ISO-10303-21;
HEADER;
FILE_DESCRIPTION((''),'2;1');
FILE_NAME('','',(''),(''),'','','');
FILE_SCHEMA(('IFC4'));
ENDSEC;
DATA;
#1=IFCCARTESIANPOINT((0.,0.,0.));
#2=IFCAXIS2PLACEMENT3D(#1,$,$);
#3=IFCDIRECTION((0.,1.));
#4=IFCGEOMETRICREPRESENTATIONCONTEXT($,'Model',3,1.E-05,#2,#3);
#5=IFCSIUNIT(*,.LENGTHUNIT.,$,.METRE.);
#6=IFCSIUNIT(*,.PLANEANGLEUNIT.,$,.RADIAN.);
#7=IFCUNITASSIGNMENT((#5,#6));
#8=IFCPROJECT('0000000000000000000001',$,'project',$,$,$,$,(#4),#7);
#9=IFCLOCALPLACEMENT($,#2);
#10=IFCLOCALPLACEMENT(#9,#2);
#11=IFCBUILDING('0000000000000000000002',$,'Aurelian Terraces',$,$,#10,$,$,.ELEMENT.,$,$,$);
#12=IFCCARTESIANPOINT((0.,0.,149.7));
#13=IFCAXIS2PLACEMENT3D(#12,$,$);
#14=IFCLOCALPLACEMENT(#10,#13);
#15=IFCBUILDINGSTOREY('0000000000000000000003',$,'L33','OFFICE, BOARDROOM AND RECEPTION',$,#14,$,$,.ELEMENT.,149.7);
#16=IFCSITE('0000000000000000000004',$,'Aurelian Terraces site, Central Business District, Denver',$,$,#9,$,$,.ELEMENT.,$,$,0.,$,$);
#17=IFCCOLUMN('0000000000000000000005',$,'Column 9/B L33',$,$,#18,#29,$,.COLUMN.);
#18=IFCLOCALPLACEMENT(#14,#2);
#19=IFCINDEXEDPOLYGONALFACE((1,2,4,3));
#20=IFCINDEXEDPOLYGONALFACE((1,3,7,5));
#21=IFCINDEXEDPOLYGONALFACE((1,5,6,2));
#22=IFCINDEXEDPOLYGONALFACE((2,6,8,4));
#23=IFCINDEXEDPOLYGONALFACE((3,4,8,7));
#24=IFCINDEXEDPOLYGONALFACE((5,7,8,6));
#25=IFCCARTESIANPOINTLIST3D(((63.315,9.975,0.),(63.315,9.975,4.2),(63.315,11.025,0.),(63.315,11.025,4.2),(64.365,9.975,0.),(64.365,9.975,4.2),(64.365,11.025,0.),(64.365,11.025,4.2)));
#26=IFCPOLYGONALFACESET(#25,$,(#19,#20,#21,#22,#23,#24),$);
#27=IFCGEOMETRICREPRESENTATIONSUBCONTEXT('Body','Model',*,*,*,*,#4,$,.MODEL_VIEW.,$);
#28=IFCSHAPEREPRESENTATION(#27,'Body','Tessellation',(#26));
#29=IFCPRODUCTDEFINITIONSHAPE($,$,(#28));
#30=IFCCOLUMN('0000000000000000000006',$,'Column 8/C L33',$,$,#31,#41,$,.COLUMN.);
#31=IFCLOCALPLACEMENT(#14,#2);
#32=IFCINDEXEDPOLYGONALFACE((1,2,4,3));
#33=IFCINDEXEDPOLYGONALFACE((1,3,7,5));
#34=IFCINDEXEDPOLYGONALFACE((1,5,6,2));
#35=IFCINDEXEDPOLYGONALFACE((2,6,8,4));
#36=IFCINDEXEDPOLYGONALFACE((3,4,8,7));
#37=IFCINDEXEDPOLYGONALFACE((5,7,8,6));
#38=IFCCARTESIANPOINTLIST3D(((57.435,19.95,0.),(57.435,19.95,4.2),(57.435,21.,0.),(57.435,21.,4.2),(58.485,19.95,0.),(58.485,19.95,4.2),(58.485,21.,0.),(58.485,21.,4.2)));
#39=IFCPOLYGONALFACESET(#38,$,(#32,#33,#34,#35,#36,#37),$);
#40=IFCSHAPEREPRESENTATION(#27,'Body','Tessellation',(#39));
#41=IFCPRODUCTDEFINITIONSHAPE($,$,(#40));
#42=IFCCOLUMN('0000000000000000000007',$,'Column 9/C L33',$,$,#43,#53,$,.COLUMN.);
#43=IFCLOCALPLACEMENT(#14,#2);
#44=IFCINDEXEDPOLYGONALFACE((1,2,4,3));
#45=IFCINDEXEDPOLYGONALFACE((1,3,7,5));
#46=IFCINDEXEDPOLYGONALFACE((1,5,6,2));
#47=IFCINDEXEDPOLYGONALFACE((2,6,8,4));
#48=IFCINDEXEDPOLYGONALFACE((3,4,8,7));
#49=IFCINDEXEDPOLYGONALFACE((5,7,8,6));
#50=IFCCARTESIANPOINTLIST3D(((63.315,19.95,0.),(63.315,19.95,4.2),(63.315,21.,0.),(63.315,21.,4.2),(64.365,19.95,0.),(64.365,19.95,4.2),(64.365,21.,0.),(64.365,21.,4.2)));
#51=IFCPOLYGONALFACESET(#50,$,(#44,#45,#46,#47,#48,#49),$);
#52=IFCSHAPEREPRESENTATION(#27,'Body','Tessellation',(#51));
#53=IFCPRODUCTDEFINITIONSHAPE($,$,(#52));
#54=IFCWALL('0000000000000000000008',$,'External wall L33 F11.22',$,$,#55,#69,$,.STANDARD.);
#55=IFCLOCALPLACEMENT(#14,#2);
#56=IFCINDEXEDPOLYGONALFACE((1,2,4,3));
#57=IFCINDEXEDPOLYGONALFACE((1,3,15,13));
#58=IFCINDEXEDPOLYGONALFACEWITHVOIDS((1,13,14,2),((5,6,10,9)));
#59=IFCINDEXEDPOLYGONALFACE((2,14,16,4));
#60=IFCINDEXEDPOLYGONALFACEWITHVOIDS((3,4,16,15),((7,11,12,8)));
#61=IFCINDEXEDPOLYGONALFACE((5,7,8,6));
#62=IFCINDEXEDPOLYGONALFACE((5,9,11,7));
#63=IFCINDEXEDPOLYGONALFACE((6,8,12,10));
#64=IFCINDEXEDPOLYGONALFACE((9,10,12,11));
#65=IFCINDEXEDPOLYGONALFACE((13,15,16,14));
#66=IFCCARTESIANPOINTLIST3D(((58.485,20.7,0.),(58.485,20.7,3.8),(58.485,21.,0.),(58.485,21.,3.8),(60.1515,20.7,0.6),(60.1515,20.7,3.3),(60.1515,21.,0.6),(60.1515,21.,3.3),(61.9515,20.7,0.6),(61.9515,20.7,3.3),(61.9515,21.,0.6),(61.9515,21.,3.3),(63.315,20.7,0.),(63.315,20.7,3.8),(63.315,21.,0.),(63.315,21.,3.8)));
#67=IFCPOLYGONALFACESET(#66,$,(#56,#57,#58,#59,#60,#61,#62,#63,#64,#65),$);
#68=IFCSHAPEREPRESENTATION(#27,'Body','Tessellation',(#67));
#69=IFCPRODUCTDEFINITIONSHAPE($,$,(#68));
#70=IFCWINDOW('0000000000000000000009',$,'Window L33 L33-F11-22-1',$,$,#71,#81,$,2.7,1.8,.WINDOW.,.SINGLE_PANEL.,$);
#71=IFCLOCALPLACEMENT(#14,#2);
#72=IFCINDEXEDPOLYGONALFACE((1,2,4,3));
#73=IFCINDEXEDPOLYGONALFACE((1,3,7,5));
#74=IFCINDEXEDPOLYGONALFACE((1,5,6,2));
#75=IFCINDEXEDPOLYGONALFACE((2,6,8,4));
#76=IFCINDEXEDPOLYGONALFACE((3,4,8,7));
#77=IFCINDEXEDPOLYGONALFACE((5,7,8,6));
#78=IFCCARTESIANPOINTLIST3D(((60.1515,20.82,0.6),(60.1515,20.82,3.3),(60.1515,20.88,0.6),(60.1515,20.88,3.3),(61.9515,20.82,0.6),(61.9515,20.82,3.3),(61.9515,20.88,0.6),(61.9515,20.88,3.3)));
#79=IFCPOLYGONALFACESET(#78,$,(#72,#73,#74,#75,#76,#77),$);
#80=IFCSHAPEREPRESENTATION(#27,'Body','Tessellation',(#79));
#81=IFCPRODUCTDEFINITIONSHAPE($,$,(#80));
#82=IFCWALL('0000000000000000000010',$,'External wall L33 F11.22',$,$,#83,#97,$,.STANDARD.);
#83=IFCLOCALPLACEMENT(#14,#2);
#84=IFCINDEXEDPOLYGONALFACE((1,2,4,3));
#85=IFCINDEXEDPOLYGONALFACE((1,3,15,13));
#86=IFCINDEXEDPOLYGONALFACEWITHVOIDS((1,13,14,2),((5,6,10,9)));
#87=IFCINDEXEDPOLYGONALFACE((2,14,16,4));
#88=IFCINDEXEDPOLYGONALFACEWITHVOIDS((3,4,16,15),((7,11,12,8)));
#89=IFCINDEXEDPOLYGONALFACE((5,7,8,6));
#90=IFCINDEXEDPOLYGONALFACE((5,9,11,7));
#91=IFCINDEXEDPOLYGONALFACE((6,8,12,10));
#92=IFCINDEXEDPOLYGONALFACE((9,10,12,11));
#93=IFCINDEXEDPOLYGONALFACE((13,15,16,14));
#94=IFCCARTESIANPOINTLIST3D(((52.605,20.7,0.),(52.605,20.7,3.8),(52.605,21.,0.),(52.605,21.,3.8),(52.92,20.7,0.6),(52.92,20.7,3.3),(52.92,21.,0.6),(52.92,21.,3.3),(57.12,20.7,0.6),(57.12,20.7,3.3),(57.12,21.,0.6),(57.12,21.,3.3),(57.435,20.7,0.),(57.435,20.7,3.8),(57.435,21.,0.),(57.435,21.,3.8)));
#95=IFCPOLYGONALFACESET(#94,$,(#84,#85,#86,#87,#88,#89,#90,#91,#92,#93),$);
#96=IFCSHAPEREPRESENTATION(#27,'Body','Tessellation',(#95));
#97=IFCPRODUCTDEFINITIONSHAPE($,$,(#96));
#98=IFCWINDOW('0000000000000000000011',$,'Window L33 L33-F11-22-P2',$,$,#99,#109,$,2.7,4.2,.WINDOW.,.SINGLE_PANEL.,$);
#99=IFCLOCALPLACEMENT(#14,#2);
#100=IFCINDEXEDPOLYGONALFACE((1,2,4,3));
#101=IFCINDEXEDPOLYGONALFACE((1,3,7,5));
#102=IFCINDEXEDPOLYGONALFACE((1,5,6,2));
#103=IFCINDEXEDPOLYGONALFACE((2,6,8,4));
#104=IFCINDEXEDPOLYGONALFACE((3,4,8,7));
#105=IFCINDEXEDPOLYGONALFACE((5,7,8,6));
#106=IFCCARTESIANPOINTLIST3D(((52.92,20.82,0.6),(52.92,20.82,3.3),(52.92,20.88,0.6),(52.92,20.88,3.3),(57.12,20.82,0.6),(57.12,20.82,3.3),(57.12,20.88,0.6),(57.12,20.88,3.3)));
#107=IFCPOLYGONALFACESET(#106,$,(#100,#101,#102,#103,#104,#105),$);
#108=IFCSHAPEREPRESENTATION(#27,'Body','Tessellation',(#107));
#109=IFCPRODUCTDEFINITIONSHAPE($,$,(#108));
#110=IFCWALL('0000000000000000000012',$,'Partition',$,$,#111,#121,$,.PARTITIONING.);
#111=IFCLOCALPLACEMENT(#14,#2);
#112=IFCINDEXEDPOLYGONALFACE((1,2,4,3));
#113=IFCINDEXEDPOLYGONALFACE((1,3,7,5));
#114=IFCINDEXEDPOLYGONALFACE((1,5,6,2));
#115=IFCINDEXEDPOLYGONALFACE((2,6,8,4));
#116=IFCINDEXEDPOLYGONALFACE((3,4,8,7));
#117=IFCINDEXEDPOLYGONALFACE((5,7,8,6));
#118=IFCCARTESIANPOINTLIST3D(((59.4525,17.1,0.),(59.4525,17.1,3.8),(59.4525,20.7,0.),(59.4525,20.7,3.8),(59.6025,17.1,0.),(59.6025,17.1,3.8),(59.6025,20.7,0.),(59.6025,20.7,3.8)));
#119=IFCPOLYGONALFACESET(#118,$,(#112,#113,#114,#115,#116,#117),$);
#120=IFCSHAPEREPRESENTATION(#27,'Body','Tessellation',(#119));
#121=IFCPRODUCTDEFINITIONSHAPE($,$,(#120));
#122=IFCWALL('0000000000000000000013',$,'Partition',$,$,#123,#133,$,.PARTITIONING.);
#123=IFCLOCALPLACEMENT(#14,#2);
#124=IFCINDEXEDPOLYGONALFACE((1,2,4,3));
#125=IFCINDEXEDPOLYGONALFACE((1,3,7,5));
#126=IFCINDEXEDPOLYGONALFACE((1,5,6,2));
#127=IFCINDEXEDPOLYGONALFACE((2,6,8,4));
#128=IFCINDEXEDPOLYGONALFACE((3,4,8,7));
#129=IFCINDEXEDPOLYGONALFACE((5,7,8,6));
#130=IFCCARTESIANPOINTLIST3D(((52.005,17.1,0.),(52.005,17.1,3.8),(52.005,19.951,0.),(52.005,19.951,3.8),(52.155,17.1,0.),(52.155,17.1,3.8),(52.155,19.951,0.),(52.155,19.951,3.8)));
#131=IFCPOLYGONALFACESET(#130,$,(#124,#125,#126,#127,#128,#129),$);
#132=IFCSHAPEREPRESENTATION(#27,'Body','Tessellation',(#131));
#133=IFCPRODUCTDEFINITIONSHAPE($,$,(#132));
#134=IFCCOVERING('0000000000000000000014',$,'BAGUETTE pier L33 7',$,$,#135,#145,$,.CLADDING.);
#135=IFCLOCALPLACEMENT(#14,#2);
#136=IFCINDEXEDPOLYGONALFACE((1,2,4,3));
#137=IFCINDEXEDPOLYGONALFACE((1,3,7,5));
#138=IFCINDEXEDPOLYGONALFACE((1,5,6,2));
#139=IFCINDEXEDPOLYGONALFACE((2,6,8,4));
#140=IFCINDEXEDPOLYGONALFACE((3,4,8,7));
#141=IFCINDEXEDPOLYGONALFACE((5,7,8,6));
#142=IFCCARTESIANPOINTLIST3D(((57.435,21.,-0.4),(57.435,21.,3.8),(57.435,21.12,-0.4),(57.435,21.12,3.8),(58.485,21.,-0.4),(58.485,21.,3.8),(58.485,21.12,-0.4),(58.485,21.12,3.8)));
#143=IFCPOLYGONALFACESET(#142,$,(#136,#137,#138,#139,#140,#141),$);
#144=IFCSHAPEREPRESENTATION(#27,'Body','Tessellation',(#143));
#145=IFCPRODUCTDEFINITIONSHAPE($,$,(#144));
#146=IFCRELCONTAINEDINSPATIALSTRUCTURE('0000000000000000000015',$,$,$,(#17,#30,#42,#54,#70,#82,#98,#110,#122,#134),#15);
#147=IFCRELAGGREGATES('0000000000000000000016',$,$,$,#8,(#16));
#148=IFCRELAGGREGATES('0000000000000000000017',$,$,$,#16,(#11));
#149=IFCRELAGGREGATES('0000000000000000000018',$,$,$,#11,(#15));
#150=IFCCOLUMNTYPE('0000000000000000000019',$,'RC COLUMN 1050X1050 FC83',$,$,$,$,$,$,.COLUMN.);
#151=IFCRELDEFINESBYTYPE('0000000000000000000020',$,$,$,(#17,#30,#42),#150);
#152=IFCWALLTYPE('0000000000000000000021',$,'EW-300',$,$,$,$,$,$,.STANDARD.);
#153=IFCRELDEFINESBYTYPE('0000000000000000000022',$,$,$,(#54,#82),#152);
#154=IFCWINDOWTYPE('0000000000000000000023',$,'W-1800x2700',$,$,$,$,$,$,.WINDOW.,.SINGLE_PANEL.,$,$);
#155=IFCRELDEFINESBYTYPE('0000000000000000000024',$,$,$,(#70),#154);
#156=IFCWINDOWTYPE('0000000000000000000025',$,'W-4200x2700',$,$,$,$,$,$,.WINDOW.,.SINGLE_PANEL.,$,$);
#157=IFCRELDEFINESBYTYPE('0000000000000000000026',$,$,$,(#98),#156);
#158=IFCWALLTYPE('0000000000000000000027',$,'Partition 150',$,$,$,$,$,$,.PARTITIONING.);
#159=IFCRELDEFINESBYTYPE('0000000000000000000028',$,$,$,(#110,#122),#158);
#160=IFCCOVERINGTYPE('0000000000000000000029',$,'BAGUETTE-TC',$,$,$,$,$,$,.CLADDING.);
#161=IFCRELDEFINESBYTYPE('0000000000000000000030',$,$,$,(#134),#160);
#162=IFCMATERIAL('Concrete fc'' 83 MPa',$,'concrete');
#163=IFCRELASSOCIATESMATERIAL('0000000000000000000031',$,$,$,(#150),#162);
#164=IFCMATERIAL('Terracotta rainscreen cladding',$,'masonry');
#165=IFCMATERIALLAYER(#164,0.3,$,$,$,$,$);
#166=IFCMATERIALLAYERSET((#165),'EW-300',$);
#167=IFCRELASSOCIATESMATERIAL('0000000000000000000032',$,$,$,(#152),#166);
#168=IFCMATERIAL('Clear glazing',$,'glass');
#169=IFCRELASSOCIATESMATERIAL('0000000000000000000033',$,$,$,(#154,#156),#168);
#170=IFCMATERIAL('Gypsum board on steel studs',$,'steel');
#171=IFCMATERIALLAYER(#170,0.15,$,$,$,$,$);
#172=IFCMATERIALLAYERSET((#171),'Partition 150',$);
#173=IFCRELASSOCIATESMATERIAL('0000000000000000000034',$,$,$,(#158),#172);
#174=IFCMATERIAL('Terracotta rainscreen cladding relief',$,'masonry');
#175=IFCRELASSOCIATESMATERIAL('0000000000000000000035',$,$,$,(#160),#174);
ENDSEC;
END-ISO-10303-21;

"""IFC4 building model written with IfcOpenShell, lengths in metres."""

from ifc_helpers import new_model, si_unit, direction, frame, frame_2d, origin, origin_2d, place, context, subcontext, project, spatial, rectangle, extrude, source, transform, mapped, material, layer, layer_set, material_profile, profile_set, type_object, element, fill, save


model = new_model("IFC4")

# Units and contexts
model_context = context("Model", 3, precision=1e-05, world=origin(), true_north=direction((0.0, 1.0)))
body_context = subcontext(model_context, "Body", "Model", "MODEL_VIEW")
ifc_project = project(units=[si_unit("LENGTHUNIT", "METRE"), si_unit("PLANEANGLEUNIT", "RADIAN")], contexts=[model_context])

# Site, building, storey
site_placement = place(None, origin())
site = spatial("IfcSite", under=ifc_project, at=site_placement, Name="Aurelian Terraces site, Central Business District, Denver", CompositionType="ELEMENT", RefElevation=0.0)
building_placement = place(site_placement, origin())
building = spatial("IfcBuilding", under=site, at=building_placement, Name="Aurelian Terraces", CompositionType="ELEMENT")
storey_placement = place(building_placement, frame((0.0, 0.0, 149.7)))
storey = spatial("IfcBuildingStorey", under=building, at=storey_placement, Name="L33", Description="OFFICE, BOARDROOM AND RECEPTION", CompositionType="ELEMENT", Elevation=149.7)

# Columns
ifc_material_1 = material(Name="Concrete fc' 83 MPa", Category="concrete")
ifc_material_profile = material_profile(ifc_material_1, rectangle(XDim=1.05, YDim=1.05, at=origin_2d()))
ifc_profile_set = profile_set([ifc_material_profile], Name="Concrete fc' 83 MPa")
column_type = type_object("IfcColumnType", Name="RC COLUMN 1050X1050 FC83", PredefinedType="COLUMN", material=ifc_profile_set)
shared_shape_1 = source(origin(), body_context, "Body", "SweptSolid", [
    extrude(rectangle(XDim=1.05, YDim=1.05, at=origin_2d()), origin(), (0.0, 0.0, 1.0), 4.2),
])
for number, where, z_axis, x_axis, name in (
    (1, (63.84, 10.5, 0.0), (0.0, 0.0, 1.0), (1.0, 0.0, 0.0), "Column 9/B L33"),
    (2, (57.96, 20.475, 0.0), (0.0, 0.0, 1.0), (1.0, 0.0, 0.0), "Column 8/C L33"),
    (3, (63.84, 20.475, 0.0), (0.0, 0.0, 1.0), (1.0, 0.0, 0.0), "Column 9/C L33"),
):
    element("IfcColumn", number, at=place(storey_placement, frame(where, z_axis=z_axis, x_axis=x_axis)), inside=storey, type_object=column_type, Name=name, PredefinedType="COLUMN", context=body_context, shape_type="MappedRepresentation", body=[
        mapped(shared_shape_1, transform((0.0, 0.0, 0.0), scale=1.0)),
    ])

# Walls, openings, windows
ifc_material_2 = material(Name="Terracotta rainscreen cladding", Category="masonry")
ifc_layer_1 = layer(ifc_material_2, 0.3)
ifc_layer_set_1 = layer_set([ifc_layer_1], Name="EW-300")
wall_type_1 = type_object("IfcWallType", Name="EW-300", PredefinedType="STANDARD", material=ifc_layer_set_1)
shared_shape_2 = source(origin(), body_context, "Body", "SweptSolid", [
    extrude(rectangle(XDim=4.83, YDim=0.3, at=frame_2d((2.415, 0.0))), origin(), (0.0, 0.0, 1.0), 3.8),
])
wall_1_placement = place(storey_placement, frame((63.315, 20.85, 0.0), z_axis=(0.0, 0.0, 1.0), x_axis=(-1.0, 0.0, 0.0)))
wall_1 = element("IfcWall", 4, at=wall_1_placement, inside=storey, type_object=wall_type_1, Name="External wall L33 F11.22", PredefinedType="STANDARD", context=body_context, shape_type="MappedRepresentation", body=[
    mapped(shared_shape_2, transform((0.0, 0.0, 0.0), scale=1.0)),
])
shared_shape_3 = source(origin(), body_context, "Body", "SweptSolid", [
    extrude(rectangle(XDim=1.8, YDim=2.7, at=frame_2d((0.9, 1.35))), frame((0.0, 0.16, 0.0), z_axis=(0.0, -1.0, 0.0), x_axis=(1.0, 0.0, 0.0)), (0.0, 0.0, 1.0), 0.32),
])
opening_1_placement = place(wall_1_placement, frame((1.3635, 0.0, 0.6)))
opening_1 = element("IfcOpeningElement", 5, at=opening_1_placement, cuts=wall_1, PredefinedType="OPENING", context=body_context, shape_type="MappedRepresentation", body=[
    mapped(shared_shape_3, transform((0.0, 0.0, 0.0), scale=1.0)),
])
ifc_material_3 = material(Name="Clear glazing", Category="glass")
window_type_1 = type_object("IfcWindowType", Name="W-1800x2700", PartitioningType="SINGLE_PANEL", PredefinedType="WINDOW", material=ifc_material_3)
shared_shape_4 = source(origin(), body_context, "Body", "SweptSolid", [
    extrude(rectangle(XDim=1.8, YDim=2.7, at=frame_2d((0.9, 1.35))), frame((0.0, 0.03, 0.0), z_axis=(0.0, -1.0, 0.0), x_axis=(1.0, 0.0, 0.0)), (0.0, 0.0, 1.0), 0.06),
])
window_1_placement = place(opening_1_placement, origin())
window_1 = element("IfcWindow", 6, at=window_1_placement, inside=storey, type_object=window_type_1, Name="Window L33 L33-F11-22-1", OverallHeight=2.7, OverallWidth=1.8, PartitioningType="SINGLE_PANEL", PredefinedType="WINDOW", context=body_context, shape_type="MappedRepresentation", body=[
    mapped(shared_shape_4, transform((0.0, 0.0, 0.0), scale=1.0)),
])
fill(opening_1, window_1)
wall_2_placement = place(storey_placement, frame((57.435, 20.85, 0.0), z_axis=(0.0, 0.0, 1.0), x_axis=(-1.0, 0.0, 0.0)))
wall_2 = element("IfcWall", 7, at=wall_2_placement, inside=storey, type_object=wall_type_1, Name="External wall L33 F11.22", PredefinedType="STANDARD", context=body_context, shape_type="MappedRepresentation", body=[
    mapped(shared_shape_2, transform((0.0, 0.0, 0.0), scale=1.0)),
])
shared_shape_5 = source(origin(), body_context, "Body", "SweptSolid", [
    extrude(rectangle(XDim=4.2, YDim=2.7, at=frame_2d((2.1, 1.35))), frame((0.0, 0.16, 0.0), z_axis=(0.0, -1.0, 0.0), x_axis=(1.0, 0.0, 0.0)), (0.0, 0.0, 1.0), 0.32),
])
opening_2_placement = place(wall_2_placement, frame((0.315, 0.0, 0.6)))
opening_2 = element("IfcOpeningElement", 8, at=opening_2_placement, cuts=wall_2, PredefinedType="OPENING", context=body_context, shape_type="MappedRepresentation", body=[
    mapped(shared_shape_5, transform((0.0, 0.0, 0.0), scale=1.0)),
])
window_type_2 = type_object("IfcWindowType", Name="W-4200x2700", PartitioningType="SINGLE_PANEL", PredefinedType="WINDOW", material=ifc_material_3)
shared_shape_6 = source(origin(), body_context, "Body", "SweptSolid", [
    extrude(rectangle(XDim=4.2, YDim=2.7, at=frame_2d((2.1, 1.35))), frame((0.0, 0.03, 0.0), z_axis=(0.0, -1.0, 0.0), x_axis=(1.0, 0.0, 0.0)), (0.0, 0.0, 1.0), 0.06),
])
window_2_placement = place(opening_2_placement, origin())
window_2 = element("IfcWindow", 9, at=window_2_placement, inside=storey, type_object=window_type_2, Name="Window L33 L33-F11-22-P2", OverallHeight=2.7, OverallWidth=4.2, PartitioningType="SINGLE_PANEL", PredefinedType="WINDOW", context=body_context, shape_type="MappedRepresentation", body=[
    mapped(shared_shape_6, transform((0.0, 0.0, 0.0), scale=1.0)),
])
fill(opening_2, window_2)

# Walls
ifc_material_4 = material(Name="Gypsum board on steel studs", Category="steel")
ifc_layer_2 = layer(ifc_material_4, 0.15)
ifc_layer_set_2 = layer_set([ifc_layer_2], Name="Partition 150")
wall_type_2 = type_object("IfcWallType", Name="Partition 150", PredefinedType="PARTITIONING", material=ifc_layer_set_2)
shared_shape_7 = source(origin(), body_context, "Body", "SweptSolid", [
    extrude(rectangle(XDim=3.6, YDim=0.15, at=frame_2d((1.8, 0.0))), origin(), (0.0, 0.0, 1.0), 3.8),
])
wall_3_placement = place(storey_placement, frame((59.5275, 20.7, 0.0), z_axis=(0.0, 0.0, 1.0), x_axis=(0.0, -1.0, 0.0)))
element("IfcWall", 10, at=wall_3_placement, inside=storey, type_object=wall_type_2, Name="Partition", PredefinedType="PARTITIONING", context=body_context, shape_type="MappedRepresentation", body=[
    mapped(shared_shape_7, transform((0.0, 0.0, 0.0), scale=1.0)),
])
shared_shape_8 = source(origin(), body_context, "Body", "SweptSolid", [
    extrude(rectangle(XDim=2.851, YDim=0.15, at=frame_2d((1.4255, 0.0))), origin(), (0.0, 0.0, 1.0), 3.8),
])
wall_4_placement = place(storey_placement, frame((52.08, 17.1, 0.0), z_axis=(0.0, 0.0, 1.0), x_axis=(0.0, 1.0, 0.0)))
element("IfcWall", 11, at=wall_4_placement, inside=storey, type_object=wall_type_2, Name="Partition", PredefinedType="PARTITIONING", context=body_context, shape_type="MappedRepresentation", body=[
    mapped(shared_shape_8, transform((0.0, 0.0, 0.0), scale=1.0)),
])

# Covering
ifc_material_5 = material(Name="Terracotta rainscreen cladding relief", Category="masonry")
covering_type = type_object("IfcCoveringType", Name="BAGUETTE-TC", PredefinedType="CLADDING", material=ifc_material_5)
shared_shape_9 = source(origin(), body_context, "Body", "SweptSolid", [
    extrude(rectangle(XDim=1.05, YDim=0.12, at=origin_2d()), origin(), (0.0, 0.0, 1.0), 4.2),
])
covering_placement = place(storey_placement, frame((57.96, 21.06, -0.4), z_axis=(0.0, 0.0, 1.0), x_axis=(1.0, 0.0, 0.0)))
element("IfcCovering", 12, at=covering_placement, inside=storey, type_object=covering_type, Name="BAGUETTE pier L33 7", PredefinedType="CLADDING", context=body_context, shape_type="MappedRepresentation", body=[
    mapped(shared_shape_9, transform((0.0, 0.0, 0.0), scale=1.0)),
])

save(model, "model.ifc")
